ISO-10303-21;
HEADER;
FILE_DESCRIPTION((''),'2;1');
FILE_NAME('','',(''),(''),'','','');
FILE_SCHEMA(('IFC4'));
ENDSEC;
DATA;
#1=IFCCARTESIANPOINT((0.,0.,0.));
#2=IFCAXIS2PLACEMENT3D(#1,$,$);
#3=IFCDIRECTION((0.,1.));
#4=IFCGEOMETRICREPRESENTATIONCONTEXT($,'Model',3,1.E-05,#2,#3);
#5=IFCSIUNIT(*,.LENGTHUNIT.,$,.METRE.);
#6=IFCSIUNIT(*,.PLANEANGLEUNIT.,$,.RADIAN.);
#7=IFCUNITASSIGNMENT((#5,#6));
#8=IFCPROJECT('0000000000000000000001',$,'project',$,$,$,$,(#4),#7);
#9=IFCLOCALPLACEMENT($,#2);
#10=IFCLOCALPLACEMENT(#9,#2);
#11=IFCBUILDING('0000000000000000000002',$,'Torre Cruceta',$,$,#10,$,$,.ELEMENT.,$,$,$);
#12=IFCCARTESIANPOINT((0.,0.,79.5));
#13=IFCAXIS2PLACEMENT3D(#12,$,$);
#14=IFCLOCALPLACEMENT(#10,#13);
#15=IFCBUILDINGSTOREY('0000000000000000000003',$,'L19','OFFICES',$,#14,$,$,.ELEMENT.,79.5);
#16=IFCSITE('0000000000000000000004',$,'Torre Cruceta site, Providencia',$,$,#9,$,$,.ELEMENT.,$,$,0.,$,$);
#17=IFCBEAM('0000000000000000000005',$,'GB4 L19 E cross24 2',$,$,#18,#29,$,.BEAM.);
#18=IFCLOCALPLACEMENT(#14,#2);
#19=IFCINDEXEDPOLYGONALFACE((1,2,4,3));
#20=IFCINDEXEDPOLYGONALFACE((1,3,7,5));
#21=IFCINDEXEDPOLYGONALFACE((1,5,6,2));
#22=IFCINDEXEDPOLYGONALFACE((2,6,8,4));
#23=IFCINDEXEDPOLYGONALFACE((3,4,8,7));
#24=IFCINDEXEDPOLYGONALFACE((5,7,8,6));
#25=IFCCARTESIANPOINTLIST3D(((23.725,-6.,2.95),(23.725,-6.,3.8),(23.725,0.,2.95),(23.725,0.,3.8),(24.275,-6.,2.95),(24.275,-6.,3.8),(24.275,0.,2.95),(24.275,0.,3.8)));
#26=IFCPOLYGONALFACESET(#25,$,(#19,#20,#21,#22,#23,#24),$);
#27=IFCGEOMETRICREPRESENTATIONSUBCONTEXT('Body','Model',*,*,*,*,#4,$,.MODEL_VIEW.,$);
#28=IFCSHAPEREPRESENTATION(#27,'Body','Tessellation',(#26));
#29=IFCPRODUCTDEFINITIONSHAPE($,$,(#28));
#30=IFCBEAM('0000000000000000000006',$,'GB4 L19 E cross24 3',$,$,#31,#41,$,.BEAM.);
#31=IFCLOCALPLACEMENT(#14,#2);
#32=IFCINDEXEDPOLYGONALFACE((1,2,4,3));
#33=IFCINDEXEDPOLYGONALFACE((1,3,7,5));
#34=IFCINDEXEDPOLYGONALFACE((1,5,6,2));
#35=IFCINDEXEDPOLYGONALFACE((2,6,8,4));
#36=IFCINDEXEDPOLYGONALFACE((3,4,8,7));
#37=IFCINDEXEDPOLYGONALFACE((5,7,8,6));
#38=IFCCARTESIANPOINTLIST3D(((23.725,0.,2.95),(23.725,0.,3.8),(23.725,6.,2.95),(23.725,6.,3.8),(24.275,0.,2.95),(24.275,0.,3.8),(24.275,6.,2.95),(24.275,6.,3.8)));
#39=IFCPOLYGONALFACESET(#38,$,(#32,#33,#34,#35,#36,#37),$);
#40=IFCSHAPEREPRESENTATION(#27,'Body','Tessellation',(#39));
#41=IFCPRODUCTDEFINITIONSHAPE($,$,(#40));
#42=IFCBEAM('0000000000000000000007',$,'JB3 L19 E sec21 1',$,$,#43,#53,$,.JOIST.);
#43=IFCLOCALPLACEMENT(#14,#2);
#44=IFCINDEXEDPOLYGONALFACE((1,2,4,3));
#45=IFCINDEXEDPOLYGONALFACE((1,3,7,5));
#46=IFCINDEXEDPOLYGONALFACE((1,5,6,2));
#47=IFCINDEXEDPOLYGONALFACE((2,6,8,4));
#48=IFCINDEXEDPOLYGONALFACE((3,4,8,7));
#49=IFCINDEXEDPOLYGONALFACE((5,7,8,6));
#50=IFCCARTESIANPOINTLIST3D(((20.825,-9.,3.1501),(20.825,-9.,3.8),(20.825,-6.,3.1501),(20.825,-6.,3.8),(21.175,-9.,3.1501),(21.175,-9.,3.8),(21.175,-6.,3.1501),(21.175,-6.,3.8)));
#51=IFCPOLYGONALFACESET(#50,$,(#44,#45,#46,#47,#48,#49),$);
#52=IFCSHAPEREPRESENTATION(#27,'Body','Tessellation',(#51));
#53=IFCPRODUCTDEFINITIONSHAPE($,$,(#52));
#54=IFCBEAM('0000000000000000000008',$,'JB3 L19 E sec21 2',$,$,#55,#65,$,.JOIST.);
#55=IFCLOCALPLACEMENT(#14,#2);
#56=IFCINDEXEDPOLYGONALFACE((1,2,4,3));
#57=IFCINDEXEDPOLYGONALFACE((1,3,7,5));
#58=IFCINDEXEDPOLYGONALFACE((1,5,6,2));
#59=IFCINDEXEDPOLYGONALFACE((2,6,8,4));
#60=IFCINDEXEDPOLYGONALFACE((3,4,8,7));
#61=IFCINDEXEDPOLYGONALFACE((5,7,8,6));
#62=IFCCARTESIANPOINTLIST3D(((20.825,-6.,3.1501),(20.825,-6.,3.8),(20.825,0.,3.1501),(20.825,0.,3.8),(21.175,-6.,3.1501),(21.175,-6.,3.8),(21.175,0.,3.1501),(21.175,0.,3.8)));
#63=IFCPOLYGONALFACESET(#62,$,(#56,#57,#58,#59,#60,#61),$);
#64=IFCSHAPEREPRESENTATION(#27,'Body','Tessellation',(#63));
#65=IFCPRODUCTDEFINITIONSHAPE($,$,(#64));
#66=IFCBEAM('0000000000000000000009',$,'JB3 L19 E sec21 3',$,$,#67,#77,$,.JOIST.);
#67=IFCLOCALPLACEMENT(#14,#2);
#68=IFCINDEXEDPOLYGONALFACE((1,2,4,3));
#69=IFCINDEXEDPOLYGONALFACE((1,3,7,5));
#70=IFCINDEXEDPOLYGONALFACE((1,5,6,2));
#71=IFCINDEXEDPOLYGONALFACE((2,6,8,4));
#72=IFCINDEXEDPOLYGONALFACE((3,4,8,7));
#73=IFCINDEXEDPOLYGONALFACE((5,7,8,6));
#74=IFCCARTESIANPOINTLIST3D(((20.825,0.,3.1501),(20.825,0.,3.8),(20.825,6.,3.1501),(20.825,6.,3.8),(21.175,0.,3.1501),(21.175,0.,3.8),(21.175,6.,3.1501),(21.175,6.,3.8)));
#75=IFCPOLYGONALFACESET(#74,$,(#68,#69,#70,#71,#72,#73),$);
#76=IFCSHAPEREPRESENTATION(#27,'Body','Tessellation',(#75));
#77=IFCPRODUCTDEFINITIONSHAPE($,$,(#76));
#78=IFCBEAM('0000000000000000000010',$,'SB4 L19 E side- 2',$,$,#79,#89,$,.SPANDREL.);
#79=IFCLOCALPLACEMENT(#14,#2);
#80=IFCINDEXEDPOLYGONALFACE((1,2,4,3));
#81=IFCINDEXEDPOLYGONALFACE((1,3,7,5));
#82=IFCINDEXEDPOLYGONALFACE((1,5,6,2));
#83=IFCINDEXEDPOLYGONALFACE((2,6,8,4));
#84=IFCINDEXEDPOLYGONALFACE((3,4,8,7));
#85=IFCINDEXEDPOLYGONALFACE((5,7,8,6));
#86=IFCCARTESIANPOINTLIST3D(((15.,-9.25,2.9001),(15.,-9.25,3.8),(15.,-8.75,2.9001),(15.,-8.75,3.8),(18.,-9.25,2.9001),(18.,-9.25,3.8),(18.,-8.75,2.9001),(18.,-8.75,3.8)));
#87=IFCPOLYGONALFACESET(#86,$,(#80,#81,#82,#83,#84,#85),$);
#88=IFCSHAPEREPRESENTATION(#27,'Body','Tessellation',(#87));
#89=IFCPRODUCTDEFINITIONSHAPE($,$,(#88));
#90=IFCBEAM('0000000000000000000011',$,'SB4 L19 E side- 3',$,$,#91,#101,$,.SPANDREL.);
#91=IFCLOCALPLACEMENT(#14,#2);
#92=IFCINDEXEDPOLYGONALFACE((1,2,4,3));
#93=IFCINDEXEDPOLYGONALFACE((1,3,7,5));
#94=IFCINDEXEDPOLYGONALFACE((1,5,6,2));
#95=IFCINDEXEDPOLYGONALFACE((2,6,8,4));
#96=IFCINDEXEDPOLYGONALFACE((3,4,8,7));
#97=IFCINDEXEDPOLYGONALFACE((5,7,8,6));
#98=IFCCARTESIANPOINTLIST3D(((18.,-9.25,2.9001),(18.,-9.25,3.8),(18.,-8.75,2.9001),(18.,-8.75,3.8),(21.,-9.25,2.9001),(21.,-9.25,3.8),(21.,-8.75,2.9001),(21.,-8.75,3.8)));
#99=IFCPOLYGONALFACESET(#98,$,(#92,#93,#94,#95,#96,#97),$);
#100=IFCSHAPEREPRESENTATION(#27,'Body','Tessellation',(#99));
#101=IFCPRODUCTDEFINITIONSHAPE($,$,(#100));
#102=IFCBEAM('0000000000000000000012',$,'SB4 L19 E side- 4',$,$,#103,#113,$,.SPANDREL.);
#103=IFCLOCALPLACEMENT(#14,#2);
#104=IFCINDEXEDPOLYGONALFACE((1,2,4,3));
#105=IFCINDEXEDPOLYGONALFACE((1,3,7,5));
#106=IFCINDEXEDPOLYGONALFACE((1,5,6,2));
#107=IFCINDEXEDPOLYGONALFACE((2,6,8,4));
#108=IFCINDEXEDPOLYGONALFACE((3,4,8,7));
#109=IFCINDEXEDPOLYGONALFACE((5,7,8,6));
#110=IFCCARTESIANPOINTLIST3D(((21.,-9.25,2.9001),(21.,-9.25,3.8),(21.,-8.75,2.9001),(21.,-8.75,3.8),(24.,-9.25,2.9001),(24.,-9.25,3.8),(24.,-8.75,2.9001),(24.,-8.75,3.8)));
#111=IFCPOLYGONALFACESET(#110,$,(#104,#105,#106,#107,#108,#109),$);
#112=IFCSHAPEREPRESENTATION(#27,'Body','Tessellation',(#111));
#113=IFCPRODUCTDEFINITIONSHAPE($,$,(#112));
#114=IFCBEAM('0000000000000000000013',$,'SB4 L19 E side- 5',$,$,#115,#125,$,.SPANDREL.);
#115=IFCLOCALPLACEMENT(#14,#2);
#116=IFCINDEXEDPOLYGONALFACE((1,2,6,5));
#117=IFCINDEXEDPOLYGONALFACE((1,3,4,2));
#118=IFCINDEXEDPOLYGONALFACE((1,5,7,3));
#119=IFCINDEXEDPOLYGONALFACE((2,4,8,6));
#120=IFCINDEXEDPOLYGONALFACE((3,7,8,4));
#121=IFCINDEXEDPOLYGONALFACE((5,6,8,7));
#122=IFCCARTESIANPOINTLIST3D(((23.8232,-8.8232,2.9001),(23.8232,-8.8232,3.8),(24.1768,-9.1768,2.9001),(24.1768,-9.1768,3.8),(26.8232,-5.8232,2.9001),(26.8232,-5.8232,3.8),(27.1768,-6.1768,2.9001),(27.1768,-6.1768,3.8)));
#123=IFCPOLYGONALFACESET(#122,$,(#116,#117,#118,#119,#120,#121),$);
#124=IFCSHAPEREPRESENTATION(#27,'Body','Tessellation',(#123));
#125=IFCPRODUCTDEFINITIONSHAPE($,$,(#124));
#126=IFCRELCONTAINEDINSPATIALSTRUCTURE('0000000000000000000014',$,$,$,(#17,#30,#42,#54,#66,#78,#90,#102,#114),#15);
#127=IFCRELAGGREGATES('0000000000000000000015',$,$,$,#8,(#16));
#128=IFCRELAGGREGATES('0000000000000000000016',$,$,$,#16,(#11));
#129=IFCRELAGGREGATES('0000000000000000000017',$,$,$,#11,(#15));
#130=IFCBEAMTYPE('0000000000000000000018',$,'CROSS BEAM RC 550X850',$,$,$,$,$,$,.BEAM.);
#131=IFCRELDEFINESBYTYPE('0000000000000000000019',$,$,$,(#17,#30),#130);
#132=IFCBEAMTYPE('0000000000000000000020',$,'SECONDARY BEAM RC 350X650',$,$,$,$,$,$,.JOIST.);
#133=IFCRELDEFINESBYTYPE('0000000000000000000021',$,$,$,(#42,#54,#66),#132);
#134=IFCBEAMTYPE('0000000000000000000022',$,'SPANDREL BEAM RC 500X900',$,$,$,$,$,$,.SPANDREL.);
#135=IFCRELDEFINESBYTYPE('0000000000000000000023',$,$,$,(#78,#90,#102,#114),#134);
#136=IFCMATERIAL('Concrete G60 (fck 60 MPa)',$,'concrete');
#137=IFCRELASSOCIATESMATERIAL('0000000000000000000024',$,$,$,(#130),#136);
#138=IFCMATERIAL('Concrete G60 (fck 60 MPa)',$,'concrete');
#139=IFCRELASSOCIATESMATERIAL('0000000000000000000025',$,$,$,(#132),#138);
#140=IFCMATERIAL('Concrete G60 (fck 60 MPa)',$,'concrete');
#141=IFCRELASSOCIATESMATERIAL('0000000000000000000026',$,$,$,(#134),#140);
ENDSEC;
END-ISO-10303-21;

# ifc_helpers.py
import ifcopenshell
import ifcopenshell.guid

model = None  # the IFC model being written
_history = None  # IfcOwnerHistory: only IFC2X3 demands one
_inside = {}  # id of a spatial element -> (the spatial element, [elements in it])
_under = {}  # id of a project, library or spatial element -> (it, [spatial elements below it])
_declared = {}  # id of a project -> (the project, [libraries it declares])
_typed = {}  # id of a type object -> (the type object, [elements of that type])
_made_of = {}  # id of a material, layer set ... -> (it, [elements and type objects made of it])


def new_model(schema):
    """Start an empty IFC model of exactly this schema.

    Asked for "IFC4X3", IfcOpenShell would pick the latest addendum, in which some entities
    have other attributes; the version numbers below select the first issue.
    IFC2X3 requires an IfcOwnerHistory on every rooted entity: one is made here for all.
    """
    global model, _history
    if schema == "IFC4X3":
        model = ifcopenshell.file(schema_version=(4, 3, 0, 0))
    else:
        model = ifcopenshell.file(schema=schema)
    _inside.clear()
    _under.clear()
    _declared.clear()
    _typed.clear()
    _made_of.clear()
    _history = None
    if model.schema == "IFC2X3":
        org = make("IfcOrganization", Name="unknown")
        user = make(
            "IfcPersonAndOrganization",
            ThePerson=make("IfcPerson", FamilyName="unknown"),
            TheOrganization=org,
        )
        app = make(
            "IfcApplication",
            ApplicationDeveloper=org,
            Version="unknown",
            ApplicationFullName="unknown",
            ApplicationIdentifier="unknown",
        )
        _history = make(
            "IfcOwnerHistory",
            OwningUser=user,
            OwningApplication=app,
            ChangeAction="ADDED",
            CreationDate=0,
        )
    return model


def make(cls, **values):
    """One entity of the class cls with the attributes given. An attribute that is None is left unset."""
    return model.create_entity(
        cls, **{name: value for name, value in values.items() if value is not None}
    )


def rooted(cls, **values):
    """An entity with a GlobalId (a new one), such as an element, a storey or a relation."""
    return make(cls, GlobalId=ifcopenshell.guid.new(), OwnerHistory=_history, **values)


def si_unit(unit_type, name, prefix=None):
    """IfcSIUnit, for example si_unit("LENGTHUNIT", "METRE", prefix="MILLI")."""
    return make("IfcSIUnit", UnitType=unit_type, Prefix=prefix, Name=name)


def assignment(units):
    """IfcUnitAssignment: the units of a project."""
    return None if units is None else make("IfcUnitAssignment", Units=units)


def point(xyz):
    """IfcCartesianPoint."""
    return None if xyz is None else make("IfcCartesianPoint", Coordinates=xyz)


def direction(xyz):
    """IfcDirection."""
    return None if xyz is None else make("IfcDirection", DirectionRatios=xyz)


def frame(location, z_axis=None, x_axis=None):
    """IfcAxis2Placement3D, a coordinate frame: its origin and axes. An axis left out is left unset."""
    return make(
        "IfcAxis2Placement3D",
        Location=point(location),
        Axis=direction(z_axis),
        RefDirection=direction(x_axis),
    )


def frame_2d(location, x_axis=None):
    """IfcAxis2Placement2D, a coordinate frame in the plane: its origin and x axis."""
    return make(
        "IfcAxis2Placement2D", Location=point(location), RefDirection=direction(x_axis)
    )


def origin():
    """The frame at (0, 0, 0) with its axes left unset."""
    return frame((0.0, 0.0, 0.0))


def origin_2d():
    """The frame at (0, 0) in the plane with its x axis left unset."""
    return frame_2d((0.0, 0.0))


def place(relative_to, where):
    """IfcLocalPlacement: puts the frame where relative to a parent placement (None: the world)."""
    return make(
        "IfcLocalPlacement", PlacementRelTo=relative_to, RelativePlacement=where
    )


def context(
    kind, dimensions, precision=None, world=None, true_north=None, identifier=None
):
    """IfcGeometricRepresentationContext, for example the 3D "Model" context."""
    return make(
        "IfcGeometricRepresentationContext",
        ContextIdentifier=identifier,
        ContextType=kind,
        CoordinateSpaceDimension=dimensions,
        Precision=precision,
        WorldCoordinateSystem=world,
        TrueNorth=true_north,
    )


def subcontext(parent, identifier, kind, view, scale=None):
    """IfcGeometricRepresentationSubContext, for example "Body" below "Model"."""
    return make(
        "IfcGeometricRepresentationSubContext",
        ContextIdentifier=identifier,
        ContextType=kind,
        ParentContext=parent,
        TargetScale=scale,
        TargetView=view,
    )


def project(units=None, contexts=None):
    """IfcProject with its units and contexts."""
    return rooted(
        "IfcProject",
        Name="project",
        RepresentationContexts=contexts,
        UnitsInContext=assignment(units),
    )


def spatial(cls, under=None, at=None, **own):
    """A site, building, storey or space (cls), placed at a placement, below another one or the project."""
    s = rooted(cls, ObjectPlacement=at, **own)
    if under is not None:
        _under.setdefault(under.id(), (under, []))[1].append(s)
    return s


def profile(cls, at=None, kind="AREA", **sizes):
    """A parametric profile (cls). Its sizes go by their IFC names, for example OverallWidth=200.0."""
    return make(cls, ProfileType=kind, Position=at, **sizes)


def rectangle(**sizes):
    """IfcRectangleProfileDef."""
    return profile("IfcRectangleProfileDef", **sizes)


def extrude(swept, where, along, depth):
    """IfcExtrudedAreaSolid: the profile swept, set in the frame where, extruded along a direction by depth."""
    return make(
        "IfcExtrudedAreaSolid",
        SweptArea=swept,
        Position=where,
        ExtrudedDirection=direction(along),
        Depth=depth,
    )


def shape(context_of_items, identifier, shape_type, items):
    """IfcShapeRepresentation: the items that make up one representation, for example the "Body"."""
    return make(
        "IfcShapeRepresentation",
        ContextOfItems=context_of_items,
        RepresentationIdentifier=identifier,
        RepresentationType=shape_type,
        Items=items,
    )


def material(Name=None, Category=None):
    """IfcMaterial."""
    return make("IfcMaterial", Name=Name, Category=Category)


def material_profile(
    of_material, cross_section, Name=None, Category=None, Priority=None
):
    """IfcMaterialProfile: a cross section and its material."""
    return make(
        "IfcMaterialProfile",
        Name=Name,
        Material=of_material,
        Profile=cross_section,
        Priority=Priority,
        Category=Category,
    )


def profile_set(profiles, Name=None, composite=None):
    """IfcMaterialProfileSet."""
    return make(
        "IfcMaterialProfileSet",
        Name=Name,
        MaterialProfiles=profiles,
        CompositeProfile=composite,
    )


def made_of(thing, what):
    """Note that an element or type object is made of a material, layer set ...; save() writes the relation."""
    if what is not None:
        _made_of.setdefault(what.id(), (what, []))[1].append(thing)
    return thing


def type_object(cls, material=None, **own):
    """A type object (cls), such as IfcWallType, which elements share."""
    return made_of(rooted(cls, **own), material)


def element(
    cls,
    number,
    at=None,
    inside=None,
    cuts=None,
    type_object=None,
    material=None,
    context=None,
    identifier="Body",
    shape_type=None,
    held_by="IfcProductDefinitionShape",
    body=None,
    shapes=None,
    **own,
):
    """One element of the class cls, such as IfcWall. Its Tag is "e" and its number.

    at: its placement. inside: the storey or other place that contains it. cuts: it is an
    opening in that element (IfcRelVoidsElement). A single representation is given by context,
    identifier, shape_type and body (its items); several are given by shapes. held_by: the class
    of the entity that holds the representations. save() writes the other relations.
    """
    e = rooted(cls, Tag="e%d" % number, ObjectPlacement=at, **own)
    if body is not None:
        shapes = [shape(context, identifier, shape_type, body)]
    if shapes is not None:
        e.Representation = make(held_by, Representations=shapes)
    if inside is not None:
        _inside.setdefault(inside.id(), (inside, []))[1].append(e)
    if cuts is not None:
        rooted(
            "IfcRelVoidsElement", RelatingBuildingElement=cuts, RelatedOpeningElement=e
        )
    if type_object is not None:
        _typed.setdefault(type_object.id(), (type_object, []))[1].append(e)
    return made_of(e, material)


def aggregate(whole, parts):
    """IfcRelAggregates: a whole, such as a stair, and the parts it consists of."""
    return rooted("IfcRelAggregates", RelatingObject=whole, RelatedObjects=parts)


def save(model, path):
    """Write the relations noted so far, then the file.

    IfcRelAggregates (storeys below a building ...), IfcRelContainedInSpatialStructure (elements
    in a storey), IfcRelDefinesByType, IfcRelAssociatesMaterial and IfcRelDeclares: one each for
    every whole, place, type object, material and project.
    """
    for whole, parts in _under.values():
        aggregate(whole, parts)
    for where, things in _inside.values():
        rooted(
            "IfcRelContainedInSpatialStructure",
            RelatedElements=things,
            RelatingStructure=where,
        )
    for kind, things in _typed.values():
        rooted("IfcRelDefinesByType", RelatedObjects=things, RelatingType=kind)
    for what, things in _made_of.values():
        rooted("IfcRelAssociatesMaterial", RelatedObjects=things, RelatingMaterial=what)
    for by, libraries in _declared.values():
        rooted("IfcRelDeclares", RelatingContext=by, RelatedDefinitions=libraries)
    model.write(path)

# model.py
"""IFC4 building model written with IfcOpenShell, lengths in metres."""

from ifc_helpers import new_model, si_unit, direction, frame, origin, origin_2d, place, context, subcontext, project, spatial, rectangle, extrude, material, material_profile, profile_set, type_object, element, save


model = new_model("IFC4")

# Units and contexts
model_context = context("Model", 3, precision=1e-05, world=origin(), true_north=direction((0.0, 1.0)))
body_context = subcontext(model_context, "Body", "Model", "MODEL_VIEW")
ifc_project = project(units=[si_unit("LENGTHUNIT", "METRE"), si_unit("PLANEANGLEUNIT", "RADIAN")], contexts=[model_context])

# Site, building, storey
site_placement = place(None, origin())
site = spatial("IfcSite", under=ifc_project, at=site_placement, Name="Torre Cruceta site, Providencia", CompositionType="ELEMENT", RefElevation=0.0)
building_placement = place(site_placement, origin())
building = spatial("IfcBuilding", under=site, at=building_placement, Name="Torre Cruceta", CompositionType="ELEMENT")
storey_placement = place(building_placement, frame((0.0, 0.0, 79.5)))
storey = spatial("IfcBuildingStorey", under=building, at=storey_placement, Name="L19", Description="OFFICES", CompositionType="ELEMENT", Elevation=79.5)

# Beams
ifc_material_1 = material(Name="Concrete G60 (fck 60 MPa)", Category="concrete")
ifc_material_profile_1 = material_profile(ifc_material_1, rectangle(XDim=0.55, YDim=0.8501, at=origin_2d()), Name="RC 550X850")
ifc_profile_set_1 = profile_set([ifc_material_profile_1], Name="Concrete G60 (fck 60 MPa)")
beam_type_1 = type_object("IfcBeamType", Name="CROSS BEAM RC 550X850", PredefinedType="BEAM", material=ifc_profile_set_1)
for number, where, z_axis, x_axis, name in (
    (1, (24.0, -6.0, 3.375), (0.0, 1.0, 0.0), (-1.0, 0.0, 0.0), "GB4 L19 E cross24 2"),
    (2, (24.0, 0.0, 3.375), (0.0, 1.0, 0.0), (-1.0, 0.0, 0.0), "GB4 L19 E cross24 3"),
):
    element("IfcBeam", number, at=place(storey_placement, frame(where, z_axis=z_axis, x_axis=x_axis)), inside=storey, type_object=beam_type_1, Name=name, PredefinedType="BEAM", context=body_context, shape_type="SweptSolid", body=[
        extrude(rectangle(XDim=0.55, YDim=0.8501, at=origin_2d()), origin(), (0.0, 0.0, 1.0), 6.0),
    ])
ifc_material_2 = material(Name="Concrete G60 (fck 60 MPa)", Category="concrete")
ifc_material_profile_2 = material_profile(ifc_material_2, rectangle(XDim=0.3501, YDim=0.6499, at=origin_2d()), Name="RC 350X650")
ifc_profile_set_2 = profile_set([ifc_material_profile_2], Name="Concrete G60 (fck 60 MPa)")
beam_type_2 = type_object("IfcBeamType", Name="SECONDARY BEAM RC 350X650", PredefinedType="JOIST", material=ifc_profile_set_2)
beam_1_placement = place(storey_placement, frame((21.0, -9.0, 3.4751), z_axis=(0.0, 1.0, 0.0), x_axis=(-1.0, 0.0, 0.0)))
element("IfcBeam", 3, at=beam_1_placement, inside=storey, type_object=beam_type_2, Name="JB3 L19 E sec21 1", PredefinedType="JOIST", context=body_context, shape_type="SweptSolid", body=[
    extrude(rectangle(XDim=0.3501, YDim=0.6499, at=origin_2d()), origin(), (0.0, 0.0, 1.0), 3.0),
])
for number, where, z_axis, x_axis, name in (
    (4, (21.0, -6.0, 3.4751), (0.0, 1.0, 0.0), (-1.0, 0.0, 0.0), "JB3 L19 E sec21 2"),
    (5, (21.0, 0.0, 3.4751), (0.0, 1.0, 0.0), (-1.0, 0.0, 0.0), "JB3 L19 E sec21 3"),
):
    element("IfcBeam", number, at=place(storey_placement, frame(where, z_axis=z_axis, x_axis=x_axis)), inside=storey, type_object=beam_type_2, Name=name, PredefinedType="JOIST", context=body_context, shape_type="SweptSolid", body=[
        extrude(rectangle(XDim=0.3501, YDim=0.6499, at=origin_2d()), origin(), (0.0, 0.0, 1.0), 6.0),
    ])
ifc_material_3 = material(Name="Concrete G60 (fck 60 MPa)", Category="concrete")
ifc_material_profile_3 = material_profile(ifc_material_3, rectangle(XDim=0.5, YDim=0.8999, at=origin_2d()), Name="RC 500X900")
ifc_profile_set_3 = profile_set([ifc_material_profile_3], Name="Concrete G60 (fck 60 MPa)")
beam_type_3 = type_object("IfcBeamType", Name="SPANDREL BEAM RC 500X900", PredefinedType="SPANDREL", material=ifc_profile_set_3)
for number, where, z_axis, x_axis, name in (
    (6, (15.0, -9.0, 3.3501), (1.0, 0.0, 0.0), (0.0, 1.0, 0.0), "SB4 L19 E side- 2"),
    (7, (18.0, -9.0, 3.3501), (1.0, 0.0, 0.0), (0.0, 1.0, 0.0), "SB4 L19 E side- 3"),
    (8, (21.0, -9.0, 3.3501), (1.0, 0.0, 0.0), (0.0, 1.0, 0.0), "SB4 L19 E side- 4"),
):
    element("IfcBeam", number, at=place(storey_placement, frame(where, z_axis=z_axis, x_axis=x_axis)), inside=storey, type_object=beam_type_3, Name=name, PredefinedType="SPANDREL", context=body_context, shape_type="SweptSolid", body=[
        extrude(rectangle(XDim=0.5, YDim=0.8999, at=origin_2d()), origin(), (0.0, 0.0, 1.0), 3.0),
    ])
beam_2_placement = place(storey_placement, frame((24.0, -9.0, 3.3501), z_axis=(0.707107, 0.707107, 0.0), x_axis=(-0.707107, 0.707107, 0.0)))
element("IfcBeam", 9, at=beam_2_placement, inside=storey, type_object=beam_type_3, Name="SB4 L19 E side- 5", PredefinedType="SPANDREL", context=body_context, shape_type="SweptSolid", body=[
    extrude(rectangle(XDim=0.5, YDim=0.8999, at=origin_2d()), origin(), (0.0, 0.0, 1.0), 4.2427),
])

save(model, "model.ifc")
